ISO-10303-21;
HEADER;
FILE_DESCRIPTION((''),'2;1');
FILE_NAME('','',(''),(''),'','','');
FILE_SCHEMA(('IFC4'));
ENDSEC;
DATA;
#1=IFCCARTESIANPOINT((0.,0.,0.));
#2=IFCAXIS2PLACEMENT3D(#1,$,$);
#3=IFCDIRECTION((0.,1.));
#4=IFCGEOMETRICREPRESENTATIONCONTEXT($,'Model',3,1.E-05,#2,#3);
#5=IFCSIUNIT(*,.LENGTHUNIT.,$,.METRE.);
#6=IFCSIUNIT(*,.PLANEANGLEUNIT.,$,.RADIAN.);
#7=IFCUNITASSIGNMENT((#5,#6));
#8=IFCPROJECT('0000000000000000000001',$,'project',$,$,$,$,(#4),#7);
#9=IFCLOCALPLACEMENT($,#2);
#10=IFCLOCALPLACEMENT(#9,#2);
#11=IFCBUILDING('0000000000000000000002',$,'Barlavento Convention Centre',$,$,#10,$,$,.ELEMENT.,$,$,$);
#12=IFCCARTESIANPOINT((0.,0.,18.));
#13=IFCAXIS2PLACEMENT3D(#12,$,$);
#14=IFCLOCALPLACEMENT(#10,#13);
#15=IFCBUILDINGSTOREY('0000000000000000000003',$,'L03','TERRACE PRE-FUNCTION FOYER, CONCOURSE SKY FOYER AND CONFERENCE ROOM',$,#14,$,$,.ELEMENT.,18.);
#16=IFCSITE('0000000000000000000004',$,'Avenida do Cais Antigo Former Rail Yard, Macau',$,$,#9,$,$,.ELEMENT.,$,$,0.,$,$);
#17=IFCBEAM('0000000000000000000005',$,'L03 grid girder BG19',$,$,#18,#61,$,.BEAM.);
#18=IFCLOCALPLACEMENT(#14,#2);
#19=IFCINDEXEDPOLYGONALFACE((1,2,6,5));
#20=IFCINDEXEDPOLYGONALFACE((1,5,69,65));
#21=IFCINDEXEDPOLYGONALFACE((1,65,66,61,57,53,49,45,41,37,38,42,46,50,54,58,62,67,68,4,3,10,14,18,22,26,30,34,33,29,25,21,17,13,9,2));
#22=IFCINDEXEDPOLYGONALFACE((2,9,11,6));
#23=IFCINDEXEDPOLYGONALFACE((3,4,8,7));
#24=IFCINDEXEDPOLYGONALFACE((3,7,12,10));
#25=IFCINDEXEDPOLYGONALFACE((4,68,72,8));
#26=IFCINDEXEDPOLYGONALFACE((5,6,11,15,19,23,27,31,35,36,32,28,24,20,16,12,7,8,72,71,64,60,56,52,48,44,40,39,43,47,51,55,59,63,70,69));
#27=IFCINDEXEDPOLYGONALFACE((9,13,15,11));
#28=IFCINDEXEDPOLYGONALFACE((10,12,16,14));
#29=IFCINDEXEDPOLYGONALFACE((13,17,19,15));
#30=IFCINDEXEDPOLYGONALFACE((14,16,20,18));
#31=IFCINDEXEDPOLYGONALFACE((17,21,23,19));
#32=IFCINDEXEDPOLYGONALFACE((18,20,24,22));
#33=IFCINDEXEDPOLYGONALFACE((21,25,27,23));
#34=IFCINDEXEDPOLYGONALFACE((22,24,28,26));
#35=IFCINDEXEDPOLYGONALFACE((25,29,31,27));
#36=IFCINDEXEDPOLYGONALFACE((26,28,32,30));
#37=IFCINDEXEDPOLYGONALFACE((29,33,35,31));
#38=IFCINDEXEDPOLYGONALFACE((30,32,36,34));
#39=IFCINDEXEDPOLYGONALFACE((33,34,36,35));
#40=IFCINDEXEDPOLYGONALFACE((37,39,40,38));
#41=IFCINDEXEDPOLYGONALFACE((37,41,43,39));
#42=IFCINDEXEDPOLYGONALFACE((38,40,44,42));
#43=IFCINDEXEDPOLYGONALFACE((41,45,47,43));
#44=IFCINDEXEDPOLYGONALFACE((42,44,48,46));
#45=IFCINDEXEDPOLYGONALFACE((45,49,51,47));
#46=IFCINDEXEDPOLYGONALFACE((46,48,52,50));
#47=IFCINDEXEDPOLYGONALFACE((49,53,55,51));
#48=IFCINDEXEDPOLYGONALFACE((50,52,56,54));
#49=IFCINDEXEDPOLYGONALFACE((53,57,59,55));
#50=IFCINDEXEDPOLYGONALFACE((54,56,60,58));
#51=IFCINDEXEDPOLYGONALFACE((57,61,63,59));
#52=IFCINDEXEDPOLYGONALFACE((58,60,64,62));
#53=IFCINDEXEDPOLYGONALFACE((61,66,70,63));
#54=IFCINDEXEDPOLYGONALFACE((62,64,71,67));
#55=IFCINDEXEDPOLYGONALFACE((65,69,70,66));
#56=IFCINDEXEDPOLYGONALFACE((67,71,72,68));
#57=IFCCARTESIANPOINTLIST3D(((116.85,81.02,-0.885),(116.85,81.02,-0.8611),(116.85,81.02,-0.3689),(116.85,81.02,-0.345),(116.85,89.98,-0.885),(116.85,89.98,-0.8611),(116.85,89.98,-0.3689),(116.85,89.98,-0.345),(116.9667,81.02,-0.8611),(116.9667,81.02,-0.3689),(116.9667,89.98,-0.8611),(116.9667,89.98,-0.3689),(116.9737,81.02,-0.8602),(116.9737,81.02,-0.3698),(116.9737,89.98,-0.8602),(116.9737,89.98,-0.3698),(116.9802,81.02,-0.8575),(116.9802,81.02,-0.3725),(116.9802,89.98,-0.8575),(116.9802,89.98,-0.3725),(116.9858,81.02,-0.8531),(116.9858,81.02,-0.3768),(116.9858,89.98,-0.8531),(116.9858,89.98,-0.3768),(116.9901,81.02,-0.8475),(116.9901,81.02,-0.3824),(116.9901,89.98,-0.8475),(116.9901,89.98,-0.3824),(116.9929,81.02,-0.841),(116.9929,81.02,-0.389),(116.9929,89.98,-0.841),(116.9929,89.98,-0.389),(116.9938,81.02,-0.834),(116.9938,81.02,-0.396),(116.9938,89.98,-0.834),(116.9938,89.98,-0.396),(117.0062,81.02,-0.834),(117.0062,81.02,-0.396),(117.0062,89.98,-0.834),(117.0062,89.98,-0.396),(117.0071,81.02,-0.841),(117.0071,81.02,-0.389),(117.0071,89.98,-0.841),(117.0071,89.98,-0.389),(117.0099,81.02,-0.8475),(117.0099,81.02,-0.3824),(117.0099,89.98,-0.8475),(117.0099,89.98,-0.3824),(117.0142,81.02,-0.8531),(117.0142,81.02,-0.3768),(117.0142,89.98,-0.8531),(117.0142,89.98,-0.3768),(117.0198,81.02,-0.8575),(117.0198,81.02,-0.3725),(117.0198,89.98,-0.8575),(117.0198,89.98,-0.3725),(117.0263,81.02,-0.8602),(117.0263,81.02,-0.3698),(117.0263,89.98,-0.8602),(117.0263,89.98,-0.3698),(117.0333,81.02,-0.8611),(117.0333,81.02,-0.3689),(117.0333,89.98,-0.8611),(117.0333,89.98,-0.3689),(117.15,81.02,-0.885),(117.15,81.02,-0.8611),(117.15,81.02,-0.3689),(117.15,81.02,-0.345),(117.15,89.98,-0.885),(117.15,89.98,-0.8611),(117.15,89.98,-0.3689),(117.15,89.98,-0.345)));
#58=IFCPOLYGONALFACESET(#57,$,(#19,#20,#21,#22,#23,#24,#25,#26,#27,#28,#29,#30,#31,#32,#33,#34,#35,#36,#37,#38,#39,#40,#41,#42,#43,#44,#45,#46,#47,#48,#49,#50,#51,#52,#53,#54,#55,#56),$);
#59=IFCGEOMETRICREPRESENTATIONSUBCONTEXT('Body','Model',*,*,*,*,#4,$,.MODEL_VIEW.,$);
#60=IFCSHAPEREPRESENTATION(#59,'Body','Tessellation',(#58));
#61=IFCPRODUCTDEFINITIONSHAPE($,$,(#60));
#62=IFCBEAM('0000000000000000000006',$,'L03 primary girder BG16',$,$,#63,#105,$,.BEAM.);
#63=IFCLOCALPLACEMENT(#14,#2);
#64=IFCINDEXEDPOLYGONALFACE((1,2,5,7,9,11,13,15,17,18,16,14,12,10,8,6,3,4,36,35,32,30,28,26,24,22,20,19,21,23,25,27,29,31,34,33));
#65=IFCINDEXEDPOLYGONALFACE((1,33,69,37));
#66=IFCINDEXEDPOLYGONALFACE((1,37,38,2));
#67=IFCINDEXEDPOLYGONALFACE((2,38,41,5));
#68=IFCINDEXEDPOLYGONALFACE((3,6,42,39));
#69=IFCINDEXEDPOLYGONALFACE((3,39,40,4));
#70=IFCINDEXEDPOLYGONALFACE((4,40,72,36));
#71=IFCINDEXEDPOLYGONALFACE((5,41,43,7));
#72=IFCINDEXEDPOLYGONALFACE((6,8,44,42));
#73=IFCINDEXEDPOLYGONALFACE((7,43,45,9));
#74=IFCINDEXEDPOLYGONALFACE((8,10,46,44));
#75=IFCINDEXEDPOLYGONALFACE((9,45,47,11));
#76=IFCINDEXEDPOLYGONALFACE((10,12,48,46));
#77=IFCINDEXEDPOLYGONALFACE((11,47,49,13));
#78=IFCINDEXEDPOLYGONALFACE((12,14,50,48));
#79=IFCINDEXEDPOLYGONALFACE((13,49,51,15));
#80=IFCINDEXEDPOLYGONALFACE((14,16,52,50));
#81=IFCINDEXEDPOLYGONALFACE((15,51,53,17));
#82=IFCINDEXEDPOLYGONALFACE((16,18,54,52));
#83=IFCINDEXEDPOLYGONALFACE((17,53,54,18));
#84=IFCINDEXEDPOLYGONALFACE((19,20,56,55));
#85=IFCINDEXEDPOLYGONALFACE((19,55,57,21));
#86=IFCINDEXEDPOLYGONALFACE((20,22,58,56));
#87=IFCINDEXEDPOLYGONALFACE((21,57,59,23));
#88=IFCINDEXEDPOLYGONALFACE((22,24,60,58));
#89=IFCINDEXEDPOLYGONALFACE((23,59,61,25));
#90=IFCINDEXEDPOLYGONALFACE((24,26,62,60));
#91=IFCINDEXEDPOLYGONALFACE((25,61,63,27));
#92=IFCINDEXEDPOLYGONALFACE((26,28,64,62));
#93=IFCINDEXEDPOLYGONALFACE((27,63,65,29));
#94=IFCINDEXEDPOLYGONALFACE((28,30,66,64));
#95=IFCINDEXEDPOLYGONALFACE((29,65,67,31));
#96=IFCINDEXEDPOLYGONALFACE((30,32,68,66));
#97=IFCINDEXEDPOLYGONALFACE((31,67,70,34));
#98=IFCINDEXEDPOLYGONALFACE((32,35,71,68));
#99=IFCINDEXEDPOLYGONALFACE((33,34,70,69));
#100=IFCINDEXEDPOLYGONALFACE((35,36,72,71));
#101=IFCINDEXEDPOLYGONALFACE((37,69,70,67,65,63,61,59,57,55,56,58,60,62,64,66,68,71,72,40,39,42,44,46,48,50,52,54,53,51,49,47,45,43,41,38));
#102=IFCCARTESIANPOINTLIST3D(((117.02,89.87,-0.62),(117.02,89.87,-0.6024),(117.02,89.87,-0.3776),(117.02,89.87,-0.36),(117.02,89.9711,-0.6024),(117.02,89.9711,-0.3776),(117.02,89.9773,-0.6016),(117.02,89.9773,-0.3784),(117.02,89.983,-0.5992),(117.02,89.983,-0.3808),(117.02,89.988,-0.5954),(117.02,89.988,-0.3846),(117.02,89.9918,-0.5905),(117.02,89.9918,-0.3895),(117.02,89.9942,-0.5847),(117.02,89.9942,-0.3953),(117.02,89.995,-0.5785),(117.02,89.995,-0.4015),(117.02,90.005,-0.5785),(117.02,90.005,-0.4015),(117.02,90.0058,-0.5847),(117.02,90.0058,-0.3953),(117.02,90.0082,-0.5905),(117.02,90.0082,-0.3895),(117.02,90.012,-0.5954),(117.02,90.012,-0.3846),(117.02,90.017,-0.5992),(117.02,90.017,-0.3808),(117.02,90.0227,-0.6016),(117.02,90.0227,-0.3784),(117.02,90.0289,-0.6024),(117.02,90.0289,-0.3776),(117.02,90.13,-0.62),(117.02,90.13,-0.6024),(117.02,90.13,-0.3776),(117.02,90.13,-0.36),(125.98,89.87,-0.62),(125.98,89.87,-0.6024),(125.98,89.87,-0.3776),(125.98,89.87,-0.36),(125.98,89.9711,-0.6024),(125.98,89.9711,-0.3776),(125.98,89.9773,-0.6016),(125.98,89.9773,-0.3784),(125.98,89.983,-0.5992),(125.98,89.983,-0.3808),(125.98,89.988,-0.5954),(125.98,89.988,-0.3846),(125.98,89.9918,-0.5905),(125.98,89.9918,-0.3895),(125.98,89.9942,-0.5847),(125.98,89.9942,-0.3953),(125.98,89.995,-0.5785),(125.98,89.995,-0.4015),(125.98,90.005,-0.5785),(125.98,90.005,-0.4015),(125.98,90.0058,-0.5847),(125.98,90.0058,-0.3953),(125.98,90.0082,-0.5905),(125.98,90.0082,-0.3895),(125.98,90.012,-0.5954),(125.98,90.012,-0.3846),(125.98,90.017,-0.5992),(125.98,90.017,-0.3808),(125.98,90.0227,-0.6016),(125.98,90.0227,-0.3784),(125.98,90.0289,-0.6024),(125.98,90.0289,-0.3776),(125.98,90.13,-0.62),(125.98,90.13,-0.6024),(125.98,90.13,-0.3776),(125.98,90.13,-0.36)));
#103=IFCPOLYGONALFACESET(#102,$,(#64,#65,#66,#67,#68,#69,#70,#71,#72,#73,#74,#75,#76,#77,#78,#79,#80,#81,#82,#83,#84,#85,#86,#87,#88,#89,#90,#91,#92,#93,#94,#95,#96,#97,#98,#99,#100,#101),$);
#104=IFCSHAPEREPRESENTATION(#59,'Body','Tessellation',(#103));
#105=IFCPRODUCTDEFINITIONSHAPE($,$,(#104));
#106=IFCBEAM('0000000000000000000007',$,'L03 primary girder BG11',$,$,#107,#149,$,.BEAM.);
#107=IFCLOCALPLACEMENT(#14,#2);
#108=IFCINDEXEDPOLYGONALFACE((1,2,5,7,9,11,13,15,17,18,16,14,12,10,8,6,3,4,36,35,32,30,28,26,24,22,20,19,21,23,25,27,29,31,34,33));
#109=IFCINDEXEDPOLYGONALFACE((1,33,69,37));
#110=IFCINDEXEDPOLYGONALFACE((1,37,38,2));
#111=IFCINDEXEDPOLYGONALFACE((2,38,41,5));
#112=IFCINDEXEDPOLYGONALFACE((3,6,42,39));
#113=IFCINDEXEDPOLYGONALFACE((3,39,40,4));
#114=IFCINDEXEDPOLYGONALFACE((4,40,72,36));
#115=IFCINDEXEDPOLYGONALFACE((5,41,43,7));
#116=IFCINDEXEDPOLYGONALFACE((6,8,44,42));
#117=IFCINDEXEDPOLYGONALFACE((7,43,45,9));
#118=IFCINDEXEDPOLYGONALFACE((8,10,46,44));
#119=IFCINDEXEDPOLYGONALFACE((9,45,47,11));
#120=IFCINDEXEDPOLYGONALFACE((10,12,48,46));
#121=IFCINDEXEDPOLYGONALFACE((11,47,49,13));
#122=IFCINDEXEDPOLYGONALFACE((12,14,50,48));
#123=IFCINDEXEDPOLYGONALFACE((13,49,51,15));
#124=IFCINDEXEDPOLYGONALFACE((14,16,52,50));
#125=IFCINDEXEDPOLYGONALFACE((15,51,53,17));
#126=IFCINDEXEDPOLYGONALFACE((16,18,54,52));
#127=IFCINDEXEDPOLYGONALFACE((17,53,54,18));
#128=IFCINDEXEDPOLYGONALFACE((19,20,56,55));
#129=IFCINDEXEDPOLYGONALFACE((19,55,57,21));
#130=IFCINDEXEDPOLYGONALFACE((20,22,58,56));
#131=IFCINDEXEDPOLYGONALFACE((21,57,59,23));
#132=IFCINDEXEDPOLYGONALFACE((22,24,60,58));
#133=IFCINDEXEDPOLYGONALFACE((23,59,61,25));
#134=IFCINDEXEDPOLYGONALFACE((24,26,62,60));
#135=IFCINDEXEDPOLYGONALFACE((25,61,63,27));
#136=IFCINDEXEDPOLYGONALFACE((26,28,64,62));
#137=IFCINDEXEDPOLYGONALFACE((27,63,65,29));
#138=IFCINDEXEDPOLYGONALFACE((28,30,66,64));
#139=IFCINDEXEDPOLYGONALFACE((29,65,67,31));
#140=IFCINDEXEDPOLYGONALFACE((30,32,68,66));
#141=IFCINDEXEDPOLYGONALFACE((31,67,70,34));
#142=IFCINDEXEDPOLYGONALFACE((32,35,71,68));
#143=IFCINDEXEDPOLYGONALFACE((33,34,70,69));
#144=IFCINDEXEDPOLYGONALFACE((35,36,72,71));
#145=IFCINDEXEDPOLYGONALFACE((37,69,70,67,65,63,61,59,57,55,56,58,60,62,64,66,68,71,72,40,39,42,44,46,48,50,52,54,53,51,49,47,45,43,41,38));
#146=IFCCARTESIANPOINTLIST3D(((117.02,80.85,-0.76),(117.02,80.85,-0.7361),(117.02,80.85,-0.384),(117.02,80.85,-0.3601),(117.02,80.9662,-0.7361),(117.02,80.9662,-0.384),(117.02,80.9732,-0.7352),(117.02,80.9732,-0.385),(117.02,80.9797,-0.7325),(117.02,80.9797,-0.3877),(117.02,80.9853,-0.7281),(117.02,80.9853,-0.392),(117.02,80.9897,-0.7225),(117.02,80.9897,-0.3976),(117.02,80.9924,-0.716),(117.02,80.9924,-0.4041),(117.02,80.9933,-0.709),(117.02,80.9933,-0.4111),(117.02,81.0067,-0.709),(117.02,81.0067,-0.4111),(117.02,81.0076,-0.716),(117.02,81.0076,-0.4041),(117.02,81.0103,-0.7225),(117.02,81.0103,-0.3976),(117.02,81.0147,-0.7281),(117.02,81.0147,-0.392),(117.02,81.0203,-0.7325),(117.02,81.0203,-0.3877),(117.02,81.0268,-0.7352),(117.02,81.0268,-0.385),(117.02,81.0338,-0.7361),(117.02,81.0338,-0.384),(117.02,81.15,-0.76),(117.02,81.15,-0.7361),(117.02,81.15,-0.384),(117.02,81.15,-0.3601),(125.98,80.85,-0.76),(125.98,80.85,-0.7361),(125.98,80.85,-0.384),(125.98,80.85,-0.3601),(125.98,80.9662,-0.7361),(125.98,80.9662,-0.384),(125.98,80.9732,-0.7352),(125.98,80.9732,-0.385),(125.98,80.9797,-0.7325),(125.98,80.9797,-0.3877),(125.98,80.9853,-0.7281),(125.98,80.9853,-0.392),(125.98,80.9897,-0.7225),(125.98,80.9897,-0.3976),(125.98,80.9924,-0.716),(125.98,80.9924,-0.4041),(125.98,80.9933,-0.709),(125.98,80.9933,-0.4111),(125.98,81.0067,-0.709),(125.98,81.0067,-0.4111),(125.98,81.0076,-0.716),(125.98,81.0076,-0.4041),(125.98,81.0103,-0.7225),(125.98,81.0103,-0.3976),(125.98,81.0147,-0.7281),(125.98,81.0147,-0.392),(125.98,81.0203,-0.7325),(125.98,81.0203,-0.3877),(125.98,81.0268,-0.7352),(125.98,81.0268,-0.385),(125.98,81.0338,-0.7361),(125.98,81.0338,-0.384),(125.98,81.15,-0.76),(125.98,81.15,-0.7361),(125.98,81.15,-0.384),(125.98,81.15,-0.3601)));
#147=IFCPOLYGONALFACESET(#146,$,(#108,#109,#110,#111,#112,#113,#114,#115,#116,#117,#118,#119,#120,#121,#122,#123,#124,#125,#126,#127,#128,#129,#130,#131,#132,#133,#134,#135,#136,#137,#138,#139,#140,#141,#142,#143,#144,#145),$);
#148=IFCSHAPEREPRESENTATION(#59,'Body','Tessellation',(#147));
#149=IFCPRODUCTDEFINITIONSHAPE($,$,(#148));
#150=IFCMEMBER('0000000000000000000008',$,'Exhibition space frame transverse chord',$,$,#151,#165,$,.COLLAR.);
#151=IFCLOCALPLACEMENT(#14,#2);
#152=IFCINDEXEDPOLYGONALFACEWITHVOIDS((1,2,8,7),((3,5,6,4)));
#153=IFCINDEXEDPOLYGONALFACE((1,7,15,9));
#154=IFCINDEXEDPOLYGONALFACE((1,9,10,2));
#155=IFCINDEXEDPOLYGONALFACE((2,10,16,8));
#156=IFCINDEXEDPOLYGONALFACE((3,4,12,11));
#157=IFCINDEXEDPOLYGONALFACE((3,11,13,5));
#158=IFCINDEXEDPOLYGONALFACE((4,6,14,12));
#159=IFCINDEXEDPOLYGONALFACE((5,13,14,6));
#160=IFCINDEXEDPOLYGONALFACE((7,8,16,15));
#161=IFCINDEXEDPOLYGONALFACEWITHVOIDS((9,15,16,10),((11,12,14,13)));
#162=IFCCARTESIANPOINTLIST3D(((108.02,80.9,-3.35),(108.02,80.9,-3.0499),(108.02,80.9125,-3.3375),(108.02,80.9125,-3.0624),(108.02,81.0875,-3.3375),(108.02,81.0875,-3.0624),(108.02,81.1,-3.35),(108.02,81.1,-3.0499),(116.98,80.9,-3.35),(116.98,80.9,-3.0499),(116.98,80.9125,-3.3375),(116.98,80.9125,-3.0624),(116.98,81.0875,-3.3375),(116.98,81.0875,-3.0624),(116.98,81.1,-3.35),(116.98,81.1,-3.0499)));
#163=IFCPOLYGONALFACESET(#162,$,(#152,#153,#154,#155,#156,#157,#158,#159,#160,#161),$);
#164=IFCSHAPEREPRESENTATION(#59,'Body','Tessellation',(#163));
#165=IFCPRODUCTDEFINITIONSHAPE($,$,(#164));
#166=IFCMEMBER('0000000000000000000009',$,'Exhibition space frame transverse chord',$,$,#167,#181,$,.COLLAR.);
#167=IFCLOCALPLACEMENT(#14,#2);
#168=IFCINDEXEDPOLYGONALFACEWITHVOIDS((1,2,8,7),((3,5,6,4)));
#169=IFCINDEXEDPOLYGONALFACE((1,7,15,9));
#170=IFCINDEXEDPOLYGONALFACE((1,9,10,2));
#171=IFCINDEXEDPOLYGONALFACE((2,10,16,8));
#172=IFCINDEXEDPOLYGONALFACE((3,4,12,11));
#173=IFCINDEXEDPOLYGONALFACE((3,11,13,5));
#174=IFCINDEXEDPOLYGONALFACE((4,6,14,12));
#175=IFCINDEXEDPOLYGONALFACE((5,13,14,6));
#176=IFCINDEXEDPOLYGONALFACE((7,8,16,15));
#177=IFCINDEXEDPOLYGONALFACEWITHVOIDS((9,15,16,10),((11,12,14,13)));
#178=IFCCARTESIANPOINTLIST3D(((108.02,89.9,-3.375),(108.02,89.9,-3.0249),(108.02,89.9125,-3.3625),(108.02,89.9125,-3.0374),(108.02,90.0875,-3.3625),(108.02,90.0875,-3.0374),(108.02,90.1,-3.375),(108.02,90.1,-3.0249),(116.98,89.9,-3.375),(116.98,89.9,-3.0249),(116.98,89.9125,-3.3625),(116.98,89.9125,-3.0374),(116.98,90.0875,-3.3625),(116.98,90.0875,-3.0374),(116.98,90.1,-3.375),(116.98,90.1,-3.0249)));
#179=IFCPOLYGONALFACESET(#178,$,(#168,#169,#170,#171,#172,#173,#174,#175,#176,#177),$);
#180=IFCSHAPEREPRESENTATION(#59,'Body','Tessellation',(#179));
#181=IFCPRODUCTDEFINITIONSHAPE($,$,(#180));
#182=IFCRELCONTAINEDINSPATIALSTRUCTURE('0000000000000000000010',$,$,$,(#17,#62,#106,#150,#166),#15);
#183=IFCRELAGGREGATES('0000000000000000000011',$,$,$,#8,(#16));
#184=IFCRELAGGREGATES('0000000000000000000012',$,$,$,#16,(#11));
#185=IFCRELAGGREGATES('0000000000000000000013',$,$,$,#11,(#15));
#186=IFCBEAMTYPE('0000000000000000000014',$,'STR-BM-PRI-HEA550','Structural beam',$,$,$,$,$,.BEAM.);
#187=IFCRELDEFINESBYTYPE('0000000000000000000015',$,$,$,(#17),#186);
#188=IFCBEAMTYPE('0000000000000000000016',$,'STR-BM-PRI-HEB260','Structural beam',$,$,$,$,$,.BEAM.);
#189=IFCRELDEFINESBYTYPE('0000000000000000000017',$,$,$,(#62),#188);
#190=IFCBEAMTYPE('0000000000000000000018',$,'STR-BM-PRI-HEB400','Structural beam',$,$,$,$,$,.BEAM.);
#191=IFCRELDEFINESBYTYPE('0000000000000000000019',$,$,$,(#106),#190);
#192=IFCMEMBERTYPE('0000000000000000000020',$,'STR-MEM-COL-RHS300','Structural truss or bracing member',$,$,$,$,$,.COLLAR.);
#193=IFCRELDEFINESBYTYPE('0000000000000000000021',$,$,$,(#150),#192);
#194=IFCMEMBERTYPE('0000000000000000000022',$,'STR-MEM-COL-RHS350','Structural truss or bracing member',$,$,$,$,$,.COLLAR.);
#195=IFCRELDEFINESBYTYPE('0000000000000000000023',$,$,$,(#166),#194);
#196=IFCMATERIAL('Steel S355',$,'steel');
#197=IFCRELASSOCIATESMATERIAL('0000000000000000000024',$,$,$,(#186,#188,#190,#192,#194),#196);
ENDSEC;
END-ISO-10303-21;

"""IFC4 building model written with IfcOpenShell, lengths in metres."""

from ifc_helpers import new_model, si_unit, direction, frame, origin, origin_2d, place, context, subcontext, project, spatial, hollow_rectangle, i_section, extrude, material, material_profile, profile_set, type_object, element, save


model = new_model("IFC4")

# Units and contexts
model_context = context("Model", 3, precision=1e-05, world=origin(), true_north=direction((0.0, 1.0)))
body_context = subcontext(model_context, "Body", "Model", "MODEL_VIEW")
ifc_project = project(units=[si_unit("LENGTHUNIT", "METRE"), si_unit("PLANEANGLEUNIT", "RADIAN")], contexts=[model_context])

# Site, building, storey
site_placement = place(None, origin())
site = spatial("IfcSite", under=ifc_project, at=site_placement, Name="Avenida do Cais Antigo Former Rail Yard, Macau", CompositionType="ELEMENT", RefElevation=0.0)
building_placement = place(site_placement, origin())
building = spatial("IfcBuilding", under=site, at=building_placement, Name="Barlavento Convention Centre", CompositionType="ELEMENT")
storey_placement = place(building_placement, frame((0.0, 0.0, 18.0)))
storey = spatial("IfcBuildingStorey", under=building, at=storey_placement, Name="L03", Description="TERRACE PRE-FUNCTION FOYER, CONCOURSE SKY FOYER AND CONFERENCE ROOM", CompositionType="ELEMENT", Elevation=18.0)

# Beams
ifc_material_1 = material(Name="Steel S355", Category="steel")
ifc_material_profile_1 = material_profile(ifc_material_1, i_section(OverallWidth=0.3, OverallDepth=0.54, WebThickness=0.0125, FlangeThickness=0.0239, FilletRadius=0.0271, at=origin_2d()), Name="HEA 550")
ifc_profile_set_1 = profile_set([ifc_material_profile_1], Name="Steel S355")
beam_type_1 = type_object("IfcBeamType", Name="STR-BM-PRI-HEA550", Description="Structural beam", PredefinedType="BEAM", material=ifc_profile_set_1)
beam_1_placement = place(storey_placement, frame((117.0, 81.02, -0.615), z_axis=(0.0, 1.0, 0.0), x_axis=(-1.0, 0.0, 0.0)))
element("IfcBeam", 1, at=beam_1_placement, inside=storey, type_object=beam_type_1, Name="L03 grid girder BG19", PredefinedType="BEAM", context=body_context, shape_type="SweptSolid", body=[
    extrude(i_section(OverallWidth=0.3, OverallDepth=0.54, WebThickness=0.0125, FlangeThickness=0.0239, FilletRadius=0.0271, at=origin_2d()), origin(), (0.0, 0.0, 1.0), 8.96),
])
ifc_material_profile_2 = material_profile(ifc_material_1, i_section(OverallWidth=0.26, OverallDepth=0.26, WebThickness=0.01, FlangeThickness=0.0176, FilletRadius=0.0239, at=origin_2d()), Name="HEB 260")
ifc_profile_set_2 = profile_set([ifc_material_profile_2], Name="Steel S355")
beam_type_2 = type_object("IfcBeamType", Name="STR-BM-PRI-HEB260", Description="Structural beam", PredefinedType="BEAM", material=ifc_profile_set_2)
beam_2_placement = place(storey_placement, frame((117.02, 90.0, -0.49), z_axis=(1.0, 0.0, 0.0), x_axis=(0.0, 1.0, 0.0)))
element("IfcBeam", 2, at=beam_2_placement, inside=storey, type_object=beam_type_2, Name="L03 primary girder BG16", PredefinedType="BEAM", context=body_context, shape_type="SweptSolid", body=[
    extrude(i_section(OverallWidth=0.26, OverallDepth=0.26, WebThickness=0.01, FlangeThickness=0.0176, FilletRadius=0.0239, at=origin_2d()), origin(), (0.0, 0.0, 1.0), 8.96),
])
ifc_material_profile_3 = material_profile(ifc_material_1, i_section(OverallWidth=0.3, OverallDepth=0.3999, WebThickness=0.0134, FlangeThickness=0.0239, FilletRadius=0.0271, at=origin_2d()), Name="HEB 400")
ifc_profile_set_3 = profile_set([ifc_material_profile_3], Name="Steel S355")
beam_type_3 = type_object("IfcBeamType", Name="STR-BM-PRI-HEB400", Description="Structural beam", PredefinedType="BEAM", material=ifc_profile_set_3)
beam_3_placement = place(storey_placement, frame((117.02, 81.0, -0.5601), z_axis=(1.0, 0.0, 0.0), x_axis=(0.0, 1.0, 0.0)))
element("IfcBeam", 3, at=beam_3_placement, inside=storey, type_object=beam_type_3, Name="L03 primary girder BG11", PredefinedType="BEAM", context=body_context, shape_type="SweptSolid", body=[
    extrude(i_section(OverallWidth=0.3, OverallDepth=0.3999, WebThickness=0.0134, FlangeThickness=0.0239, FilletRadius=0.0271, at=origin_2d()), origin(), (0.0, 0.0, 1.0), 8.96),
])

# Members
ifc_material_profile_4 = material_profile(ifc_material_1, hollow_rectangle(XDim=0.2, YDim=0.3, WallThickness=0.0125, at=origin_2d()), Name="RHS 300x200x12.5")
ifc_profile_set_4 = profile_set([ifc_material_profile_4], Name="Steel S355")
member_type_1 = type_object("IfcMemberType", Name="STR-MEM-COL-RHS300", Description="Structural truss or bracing member", PredefinedType="COLLAR", material=ifc_profile_set_4)
member_1_placement = place(storey_placement, frame((108.02, 81.0, -3.2), z_axis=(1.0, 0.0, 0.0), x_axis=(0.0, 1.0, 0.0)))
element("IfcMember", 4, at=member_1_placement, inside=storey, type_object=member_type_1, Name="Exhibition space frame transverse chord", PredefinedType="COLLAR", context=body_context, shape_type="SweptSolid", body=[
    extrude(hollow_rectangle(XDim=0.2, YDim=0.3, WallThickness=0.0125, at=origin_2d()), origin(), (0.0, 0.0, 1.0), 8.96),
])
ifc_material_profile_5 = material_profile(ifc_material_1, hollow_rectangle(XDim=0.2, YDim=0.3501, WallThickness=0.0125, at=origin_2d()), Name="RHS 350x200x12.5")
ifc_profile_set_5 = profile_set([ifc_material_profile_5], Name="Steel S355")
member_type_2 = type_object("IfcMemberType", Name="STR-MEM-COL-RHS350", Description="Structural truss or bracing member", PredefinedType="COLLAR", material=ifc_profile_set_5)
member_2_placement = place(storey_placement, frame((108.02, 90.0, -3.2), z_axis=(1.0, 0.0, 0.0), x_axis=(0.0, 1.0, 0.0)))
element("IfcMember", 5, at=member_2_placement, inside=storey, type_object=member_type_2, Name="Exhibition space frame transverse chord", PredefinedType="COLLAR", context=body_context, shape_type="SweptSolid", body=[
    extrude(hollow_rectangle(XDim=0.2, YDim=0.3501, WallThickness=0.0125, at=origin_2d()), origin(), (0.0, 0.0, 1.0), 8.96),
])

save(model, "model.ifc")
